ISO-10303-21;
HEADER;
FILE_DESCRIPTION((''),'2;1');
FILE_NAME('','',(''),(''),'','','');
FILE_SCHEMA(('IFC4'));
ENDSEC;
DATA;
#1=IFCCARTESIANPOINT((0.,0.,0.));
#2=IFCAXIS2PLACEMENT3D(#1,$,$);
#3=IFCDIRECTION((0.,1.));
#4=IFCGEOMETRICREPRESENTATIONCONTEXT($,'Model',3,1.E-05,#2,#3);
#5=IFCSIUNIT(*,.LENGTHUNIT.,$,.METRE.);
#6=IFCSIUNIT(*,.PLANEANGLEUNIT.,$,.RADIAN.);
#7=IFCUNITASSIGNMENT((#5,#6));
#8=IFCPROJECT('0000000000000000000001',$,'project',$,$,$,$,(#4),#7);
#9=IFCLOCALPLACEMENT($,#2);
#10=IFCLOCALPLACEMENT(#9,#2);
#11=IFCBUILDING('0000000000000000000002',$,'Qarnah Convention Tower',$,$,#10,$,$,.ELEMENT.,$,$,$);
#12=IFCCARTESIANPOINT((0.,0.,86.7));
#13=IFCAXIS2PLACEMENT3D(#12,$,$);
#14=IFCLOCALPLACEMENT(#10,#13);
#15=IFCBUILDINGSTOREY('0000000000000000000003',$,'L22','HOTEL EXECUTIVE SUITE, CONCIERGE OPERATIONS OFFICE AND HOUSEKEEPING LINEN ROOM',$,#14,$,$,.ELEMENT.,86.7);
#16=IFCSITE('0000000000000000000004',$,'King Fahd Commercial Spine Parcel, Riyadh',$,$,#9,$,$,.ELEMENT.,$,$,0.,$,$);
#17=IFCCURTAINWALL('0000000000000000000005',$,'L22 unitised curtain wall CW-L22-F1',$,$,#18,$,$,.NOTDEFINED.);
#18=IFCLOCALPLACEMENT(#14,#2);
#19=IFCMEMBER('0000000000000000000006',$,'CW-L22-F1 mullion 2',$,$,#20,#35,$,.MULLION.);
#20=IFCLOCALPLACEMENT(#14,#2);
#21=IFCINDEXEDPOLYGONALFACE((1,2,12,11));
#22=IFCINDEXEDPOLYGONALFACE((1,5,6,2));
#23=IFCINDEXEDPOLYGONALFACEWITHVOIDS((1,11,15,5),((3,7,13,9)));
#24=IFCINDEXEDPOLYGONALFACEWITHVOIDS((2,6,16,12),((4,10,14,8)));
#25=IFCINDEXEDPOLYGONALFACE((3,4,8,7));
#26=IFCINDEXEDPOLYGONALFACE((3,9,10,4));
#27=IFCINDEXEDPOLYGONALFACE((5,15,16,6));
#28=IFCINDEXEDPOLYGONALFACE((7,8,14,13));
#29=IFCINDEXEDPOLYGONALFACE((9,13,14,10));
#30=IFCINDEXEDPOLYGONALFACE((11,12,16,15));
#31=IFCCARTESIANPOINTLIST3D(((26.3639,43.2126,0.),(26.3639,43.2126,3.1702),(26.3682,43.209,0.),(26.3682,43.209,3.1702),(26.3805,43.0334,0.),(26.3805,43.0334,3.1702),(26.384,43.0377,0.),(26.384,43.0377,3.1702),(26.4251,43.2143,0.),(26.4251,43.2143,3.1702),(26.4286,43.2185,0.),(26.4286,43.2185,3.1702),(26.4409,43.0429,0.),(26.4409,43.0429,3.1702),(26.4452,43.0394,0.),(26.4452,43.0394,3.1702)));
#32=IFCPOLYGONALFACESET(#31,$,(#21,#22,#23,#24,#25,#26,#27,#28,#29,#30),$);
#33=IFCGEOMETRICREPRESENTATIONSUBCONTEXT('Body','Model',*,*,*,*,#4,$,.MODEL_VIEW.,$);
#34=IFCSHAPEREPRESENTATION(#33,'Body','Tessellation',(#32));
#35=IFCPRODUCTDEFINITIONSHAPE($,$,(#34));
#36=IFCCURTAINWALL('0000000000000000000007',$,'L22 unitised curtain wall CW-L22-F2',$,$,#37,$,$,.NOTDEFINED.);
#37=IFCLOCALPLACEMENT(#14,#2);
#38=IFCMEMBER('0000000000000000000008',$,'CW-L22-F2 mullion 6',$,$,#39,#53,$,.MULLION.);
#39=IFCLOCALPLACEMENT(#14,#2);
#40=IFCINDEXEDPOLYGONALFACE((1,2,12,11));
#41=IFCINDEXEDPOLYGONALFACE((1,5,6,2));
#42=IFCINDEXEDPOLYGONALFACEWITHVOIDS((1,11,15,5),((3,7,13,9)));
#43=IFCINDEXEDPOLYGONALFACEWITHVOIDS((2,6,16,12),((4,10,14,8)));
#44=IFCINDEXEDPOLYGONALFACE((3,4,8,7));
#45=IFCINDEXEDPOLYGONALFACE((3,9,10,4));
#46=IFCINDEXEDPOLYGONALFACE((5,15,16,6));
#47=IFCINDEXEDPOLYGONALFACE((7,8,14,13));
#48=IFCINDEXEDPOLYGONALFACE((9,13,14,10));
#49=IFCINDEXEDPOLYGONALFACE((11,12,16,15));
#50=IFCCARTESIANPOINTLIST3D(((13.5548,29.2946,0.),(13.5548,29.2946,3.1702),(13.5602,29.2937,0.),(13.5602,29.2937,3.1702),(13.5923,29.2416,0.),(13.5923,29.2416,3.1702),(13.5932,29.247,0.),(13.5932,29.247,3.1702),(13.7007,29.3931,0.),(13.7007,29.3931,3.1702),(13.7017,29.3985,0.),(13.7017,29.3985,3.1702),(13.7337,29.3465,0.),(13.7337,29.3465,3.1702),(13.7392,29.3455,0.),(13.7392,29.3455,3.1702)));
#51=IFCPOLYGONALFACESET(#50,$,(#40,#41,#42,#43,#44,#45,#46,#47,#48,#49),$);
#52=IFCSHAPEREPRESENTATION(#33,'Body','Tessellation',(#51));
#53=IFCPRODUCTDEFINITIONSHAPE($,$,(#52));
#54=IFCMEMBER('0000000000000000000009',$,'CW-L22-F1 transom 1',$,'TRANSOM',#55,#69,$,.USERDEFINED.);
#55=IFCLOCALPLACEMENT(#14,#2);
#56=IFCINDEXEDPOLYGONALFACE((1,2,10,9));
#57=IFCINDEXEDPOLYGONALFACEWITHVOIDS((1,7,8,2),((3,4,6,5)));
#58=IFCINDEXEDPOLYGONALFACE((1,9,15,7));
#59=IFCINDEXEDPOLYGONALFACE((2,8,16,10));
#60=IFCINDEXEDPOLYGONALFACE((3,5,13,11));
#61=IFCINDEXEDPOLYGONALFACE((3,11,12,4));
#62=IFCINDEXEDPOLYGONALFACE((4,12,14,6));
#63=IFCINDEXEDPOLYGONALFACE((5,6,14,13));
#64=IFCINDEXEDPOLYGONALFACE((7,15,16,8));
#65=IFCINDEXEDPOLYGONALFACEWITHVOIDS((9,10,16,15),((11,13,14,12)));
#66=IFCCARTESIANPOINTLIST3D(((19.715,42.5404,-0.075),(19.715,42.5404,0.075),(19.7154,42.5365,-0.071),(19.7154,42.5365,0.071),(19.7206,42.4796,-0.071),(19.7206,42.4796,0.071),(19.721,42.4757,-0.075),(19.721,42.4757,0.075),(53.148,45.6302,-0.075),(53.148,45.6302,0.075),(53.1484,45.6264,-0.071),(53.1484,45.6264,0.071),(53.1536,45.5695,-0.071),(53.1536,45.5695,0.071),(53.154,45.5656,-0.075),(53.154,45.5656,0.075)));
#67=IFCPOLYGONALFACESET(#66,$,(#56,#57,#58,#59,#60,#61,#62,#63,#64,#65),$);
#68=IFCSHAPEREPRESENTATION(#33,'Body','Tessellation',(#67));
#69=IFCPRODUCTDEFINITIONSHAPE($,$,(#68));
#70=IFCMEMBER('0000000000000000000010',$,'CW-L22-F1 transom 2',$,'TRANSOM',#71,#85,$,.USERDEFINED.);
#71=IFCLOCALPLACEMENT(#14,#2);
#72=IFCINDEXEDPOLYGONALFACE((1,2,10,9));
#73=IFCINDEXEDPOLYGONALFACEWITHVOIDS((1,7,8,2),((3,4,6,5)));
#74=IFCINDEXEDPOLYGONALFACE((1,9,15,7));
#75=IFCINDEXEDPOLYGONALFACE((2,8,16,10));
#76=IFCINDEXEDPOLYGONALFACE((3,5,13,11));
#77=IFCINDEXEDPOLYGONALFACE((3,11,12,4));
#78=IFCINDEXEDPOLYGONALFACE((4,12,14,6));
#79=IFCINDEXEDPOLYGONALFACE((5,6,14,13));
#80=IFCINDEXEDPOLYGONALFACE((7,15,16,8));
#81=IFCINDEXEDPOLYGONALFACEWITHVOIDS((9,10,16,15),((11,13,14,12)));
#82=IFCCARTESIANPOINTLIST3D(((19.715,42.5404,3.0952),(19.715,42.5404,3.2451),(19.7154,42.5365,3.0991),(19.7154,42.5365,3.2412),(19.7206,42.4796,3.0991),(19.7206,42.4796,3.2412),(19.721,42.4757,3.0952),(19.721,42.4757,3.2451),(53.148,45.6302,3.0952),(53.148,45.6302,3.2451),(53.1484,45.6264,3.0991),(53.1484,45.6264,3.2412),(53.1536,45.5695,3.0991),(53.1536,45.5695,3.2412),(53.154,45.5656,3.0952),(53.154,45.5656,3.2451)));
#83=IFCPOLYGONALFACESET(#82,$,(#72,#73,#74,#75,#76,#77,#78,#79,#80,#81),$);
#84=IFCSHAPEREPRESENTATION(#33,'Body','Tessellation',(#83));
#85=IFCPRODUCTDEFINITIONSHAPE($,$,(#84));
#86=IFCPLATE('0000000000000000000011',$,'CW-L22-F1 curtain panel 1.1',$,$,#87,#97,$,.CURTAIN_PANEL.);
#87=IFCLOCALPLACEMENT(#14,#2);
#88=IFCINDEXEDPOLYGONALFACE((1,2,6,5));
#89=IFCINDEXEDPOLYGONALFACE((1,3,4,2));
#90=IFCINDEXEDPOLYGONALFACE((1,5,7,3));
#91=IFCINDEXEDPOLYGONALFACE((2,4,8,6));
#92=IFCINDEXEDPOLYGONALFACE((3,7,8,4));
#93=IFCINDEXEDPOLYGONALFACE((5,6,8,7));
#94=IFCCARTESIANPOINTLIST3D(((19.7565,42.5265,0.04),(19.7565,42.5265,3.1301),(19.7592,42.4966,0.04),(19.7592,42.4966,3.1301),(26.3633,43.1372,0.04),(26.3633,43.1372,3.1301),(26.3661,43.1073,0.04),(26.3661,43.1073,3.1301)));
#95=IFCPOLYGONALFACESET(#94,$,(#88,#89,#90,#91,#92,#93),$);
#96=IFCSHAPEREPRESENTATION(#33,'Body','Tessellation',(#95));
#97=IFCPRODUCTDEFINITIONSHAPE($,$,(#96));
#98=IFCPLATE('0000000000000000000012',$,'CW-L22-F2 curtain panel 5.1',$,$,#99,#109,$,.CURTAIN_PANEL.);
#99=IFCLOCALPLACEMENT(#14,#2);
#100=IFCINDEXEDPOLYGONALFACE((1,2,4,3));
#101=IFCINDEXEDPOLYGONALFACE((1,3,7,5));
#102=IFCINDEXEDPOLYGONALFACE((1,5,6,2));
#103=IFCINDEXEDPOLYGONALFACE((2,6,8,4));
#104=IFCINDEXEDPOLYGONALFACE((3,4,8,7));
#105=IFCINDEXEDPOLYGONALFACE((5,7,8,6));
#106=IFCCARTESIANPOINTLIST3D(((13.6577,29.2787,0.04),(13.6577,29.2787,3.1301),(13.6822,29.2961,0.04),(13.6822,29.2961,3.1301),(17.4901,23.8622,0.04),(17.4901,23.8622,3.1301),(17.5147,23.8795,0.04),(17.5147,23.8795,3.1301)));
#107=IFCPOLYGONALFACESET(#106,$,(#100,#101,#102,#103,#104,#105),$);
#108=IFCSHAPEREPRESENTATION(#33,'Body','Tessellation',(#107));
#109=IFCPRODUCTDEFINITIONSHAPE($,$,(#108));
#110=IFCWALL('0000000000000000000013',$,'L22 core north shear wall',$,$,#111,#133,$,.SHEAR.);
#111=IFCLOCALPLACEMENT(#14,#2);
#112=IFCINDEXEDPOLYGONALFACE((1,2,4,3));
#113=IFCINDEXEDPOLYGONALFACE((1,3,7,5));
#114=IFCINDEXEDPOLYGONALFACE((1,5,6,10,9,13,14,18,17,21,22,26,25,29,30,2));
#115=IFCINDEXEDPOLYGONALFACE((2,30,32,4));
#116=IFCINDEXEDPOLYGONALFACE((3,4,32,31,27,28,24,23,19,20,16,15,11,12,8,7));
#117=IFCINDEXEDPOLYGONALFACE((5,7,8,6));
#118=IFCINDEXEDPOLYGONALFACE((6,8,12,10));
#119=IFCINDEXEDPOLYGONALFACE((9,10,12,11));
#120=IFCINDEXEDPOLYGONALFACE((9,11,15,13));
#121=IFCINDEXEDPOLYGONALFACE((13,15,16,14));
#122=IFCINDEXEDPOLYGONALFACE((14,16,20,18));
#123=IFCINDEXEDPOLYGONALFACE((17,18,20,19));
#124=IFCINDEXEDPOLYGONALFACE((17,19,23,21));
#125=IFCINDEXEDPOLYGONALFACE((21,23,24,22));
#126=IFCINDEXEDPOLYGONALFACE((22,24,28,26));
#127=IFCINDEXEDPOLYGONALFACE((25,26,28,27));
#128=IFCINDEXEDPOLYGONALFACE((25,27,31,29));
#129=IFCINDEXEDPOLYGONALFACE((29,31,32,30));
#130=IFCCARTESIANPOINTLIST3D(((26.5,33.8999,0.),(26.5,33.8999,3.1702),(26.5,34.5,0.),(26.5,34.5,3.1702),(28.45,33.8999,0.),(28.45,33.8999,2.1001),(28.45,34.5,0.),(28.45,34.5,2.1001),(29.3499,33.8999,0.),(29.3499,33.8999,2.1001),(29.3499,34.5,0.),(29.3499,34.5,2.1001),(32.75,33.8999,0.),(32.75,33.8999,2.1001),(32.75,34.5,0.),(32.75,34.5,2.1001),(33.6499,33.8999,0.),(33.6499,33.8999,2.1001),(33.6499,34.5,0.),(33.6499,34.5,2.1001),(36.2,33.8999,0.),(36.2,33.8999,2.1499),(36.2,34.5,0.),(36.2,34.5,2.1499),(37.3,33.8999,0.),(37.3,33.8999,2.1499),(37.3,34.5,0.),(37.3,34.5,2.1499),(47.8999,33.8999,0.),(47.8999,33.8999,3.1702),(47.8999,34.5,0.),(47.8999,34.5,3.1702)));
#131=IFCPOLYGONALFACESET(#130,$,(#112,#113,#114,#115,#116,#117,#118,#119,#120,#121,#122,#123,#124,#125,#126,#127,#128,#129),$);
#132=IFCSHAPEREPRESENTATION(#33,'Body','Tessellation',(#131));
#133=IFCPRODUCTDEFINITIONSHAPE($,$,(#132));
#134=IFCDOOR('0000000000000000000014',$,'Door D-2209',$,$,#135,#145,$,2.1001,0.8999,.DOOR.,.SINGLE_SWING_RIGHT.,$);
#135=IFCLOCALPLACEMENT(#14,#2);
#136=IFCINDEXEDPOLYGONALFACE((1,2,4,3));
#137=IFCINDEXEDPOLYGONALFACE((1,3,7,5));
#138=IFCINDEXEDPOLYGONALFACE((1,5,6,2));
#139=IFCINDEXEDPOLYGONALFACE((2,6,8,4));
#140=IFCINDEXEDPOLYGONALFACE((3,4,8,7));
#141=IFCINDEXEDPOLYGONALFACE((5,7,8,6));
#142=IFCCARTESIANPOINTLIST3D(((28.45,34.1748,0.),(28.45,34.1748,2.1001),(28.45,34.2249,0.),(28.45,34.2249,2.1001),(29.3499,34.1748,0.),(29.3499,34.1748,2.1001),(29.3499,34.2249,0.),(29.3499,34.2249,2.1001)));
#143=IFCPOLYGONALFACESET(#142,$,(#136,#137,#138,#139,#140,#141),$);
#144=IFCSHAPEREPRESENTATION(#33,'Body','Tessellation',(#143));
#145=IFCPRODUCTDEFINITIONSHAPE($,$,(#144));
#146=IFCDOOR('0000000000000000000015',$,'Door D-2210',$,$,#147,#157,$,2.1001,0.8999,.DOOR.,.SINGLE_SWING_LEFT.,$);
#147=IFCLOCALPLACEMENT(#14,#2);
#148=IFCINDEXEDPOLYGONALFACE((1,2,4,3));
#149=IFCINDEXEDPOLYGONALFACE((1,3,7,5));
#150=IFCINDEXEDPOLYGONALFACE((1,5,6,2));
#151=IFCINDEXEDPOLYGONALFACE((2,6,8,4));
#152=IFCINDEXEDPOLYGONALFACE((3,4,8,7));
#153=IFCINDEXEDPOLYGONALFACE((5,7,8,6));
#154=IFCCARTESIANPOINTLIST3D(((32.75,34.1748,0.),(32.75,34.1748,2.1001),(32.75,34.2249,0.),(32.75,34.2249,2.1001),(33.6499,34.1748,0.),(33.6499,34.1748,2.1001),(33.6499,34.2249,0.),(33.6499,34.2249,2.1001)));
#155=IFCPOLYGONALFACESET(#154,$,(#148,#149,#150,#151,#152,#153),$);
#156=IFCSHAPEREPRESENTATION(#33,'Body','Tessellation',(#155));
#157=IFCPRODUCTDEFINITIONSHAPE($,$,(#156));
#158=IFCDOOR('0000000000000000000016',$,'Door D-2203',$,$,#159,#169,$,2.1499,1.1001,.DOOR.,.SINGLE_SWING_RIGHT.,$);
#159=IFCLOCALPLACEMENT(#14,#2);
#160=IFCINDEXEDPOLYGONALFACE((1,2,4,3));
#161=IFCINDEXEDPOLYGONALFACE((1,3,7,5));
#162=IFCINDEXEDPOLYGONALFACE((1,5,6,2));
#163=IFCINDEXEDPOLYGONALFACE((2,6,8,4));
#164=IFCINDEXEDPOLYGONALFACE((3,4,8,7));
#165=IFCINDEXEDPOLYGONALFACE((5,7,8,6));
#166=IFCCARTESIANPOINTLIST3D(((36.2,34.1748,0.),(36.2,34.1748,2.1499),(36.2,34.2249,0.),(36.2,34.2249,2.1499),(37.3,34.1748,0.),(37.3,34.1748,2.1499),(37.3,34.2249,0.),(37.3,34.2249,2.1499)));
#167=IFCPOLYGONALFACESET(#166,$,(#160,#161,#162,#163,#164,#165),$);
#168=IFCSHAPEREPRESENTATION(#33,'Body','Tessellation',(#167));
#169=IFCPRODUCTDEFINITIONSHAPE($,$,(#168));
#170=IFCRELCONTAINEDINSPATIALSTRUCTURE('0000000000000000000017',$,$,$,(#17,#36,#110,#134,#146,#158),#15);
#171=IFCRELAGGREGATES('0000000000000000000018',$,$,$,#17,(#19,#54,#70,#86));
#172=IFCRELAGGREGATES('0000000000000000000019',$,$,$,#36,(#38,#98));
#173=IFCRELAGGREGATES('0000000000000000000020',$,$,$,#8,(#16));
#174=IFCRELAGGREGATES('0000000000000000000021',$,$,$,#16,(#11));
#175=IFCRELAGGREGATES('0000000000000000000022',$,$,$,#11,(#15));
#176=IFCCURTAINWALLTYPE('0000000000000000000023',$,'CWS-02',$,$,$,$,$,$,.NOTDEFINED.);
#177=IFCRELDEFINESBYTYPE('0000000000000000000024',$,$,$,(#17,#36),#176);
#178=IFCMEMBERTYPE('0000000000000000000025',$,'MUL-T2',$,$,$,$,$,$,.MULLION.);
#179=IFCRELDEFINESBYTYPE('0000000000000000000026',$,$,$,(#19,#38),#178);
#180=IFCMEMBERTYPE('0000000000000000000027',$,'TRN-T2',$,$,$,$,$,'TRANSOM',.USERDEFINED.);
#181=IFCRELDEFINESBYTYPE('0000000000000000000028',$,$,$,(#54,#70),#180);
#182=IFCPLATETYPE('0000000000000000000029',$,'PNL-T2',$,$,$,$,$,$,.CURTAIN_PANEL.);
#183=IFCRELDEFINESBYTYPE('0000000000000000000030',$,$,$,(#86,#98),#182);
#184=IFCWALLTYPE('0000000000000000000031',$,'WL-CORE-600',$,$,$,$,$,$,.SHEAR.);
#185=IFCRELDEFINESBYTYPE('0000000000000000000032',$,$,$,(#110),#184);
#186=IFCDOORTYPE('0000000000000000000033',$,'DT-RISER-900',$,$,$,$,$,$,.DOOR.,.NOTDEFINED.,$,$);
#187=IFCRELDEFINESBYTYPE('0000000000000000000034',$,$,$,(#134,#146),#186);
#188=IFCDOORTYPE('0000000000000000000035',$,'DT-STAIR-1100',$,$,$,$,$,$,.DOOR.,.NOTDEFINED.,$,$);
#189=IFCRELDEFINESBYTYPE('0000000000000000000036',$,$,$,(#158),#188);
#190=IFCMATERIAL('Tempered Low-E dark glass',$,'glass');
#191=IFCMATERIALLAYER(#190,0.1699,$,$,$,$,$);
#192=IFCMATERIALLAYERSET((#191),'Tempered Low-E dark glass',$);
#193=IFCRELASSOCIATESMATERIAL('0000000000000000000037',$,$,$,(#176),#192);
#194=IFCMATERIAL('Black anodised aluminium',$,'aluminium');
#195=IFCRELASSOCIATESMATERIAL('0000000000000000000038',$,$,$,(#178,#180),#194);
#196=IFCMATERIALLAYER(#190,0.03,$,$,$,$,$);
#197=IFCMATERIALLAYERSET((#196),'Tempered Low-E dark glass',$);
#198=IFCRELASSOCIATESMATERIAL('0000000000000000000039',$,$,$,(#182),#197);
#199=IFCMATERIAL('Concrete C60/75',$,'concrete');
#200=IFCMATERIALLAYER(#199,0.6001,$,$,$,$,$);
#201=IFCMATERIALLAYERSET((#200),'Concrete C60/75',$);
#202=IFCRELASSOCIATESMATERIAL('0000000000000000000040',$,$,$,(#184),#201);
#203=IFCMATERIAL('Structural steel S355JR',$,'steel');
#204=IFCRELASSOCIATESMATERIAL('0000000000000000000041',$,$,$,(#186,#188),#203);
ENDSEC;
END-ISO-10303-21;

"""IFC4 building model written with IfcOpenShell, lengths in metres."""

from ifc_helpers import new_model, si_unit, direction, frame, frame_2d, origin, origin_2d, place, context, subcontext, project, spatial, rectangle, hollow_rectangle, extrude, material, layer, layer_set, material_profile, profile_set, type_object, element, fill, aggregate, save


model = new_model("IFC4")

# Units and contexts
model_context = context("Model", 3, precision=1e-05, world=origin(), true_north=direction((0.0, 1.0)))
body_context = subcontext(model_context, "Body", "Model", "MODEL_VIEW")
ifc_project = project(units=[si_unit("LENGTHUNIT", "METRE"), si_unit("PLANEANGLEUNIT", "RADIAN")], contexts=[model_context])

# Site, building, storey
site_placement = place(None, origin())
site = spatial("IfcSite", under=ifc_project, at=site_placement, Name="King Fahd Commercial Spine Parcel, Riyadh", CompositionType="ELEMENT", RefElevation=0.0)
building_placement = place(site_placement, origin())
building = spatial("IfcBuilding", under=site, at=building_placement, Name="Qarnah Convention Tower", CompositionType="ELEMENT")
storey_placement = place(building_placement, frame((0.0, 0.0, 86.7)))
storey = spatial("IfcBuildingStorey", under=building, at=storey_placement, Name="L22", Description="HOTEL EXECUTIVE SUITE, CONCIERGE OPERATIONS OFFICE AND HOUSEKEEPING LINEN ROOM", CompositionType="ELEMENT", Elevation=86.7)

# Shared definitions
ifc_material_1 = material(Name="Concrete C60/75", Category="concrete")

# Shared definitions
ifc_material_2 = material(Name="Structural steel S355JR", Category="steel")

# Curtain wall, member
ifc_material_3 = material(Name="Tempered Low-E dark glass", Category="glass")
ifc_layer_1 = layer(ifc_material_3, 0.1699)
ifc_layer_set_1 = layer_set([ifc_layer_1], Name="Tempered Low-E dark glass")
curtain_wall_type = type_object("IfcCurtainWallType", Name="CWS-02", PredefinedType="NOTDEFINED", material=ifc_layer_set_1)
curtain_wall_1_placement = place(storey_placement, origin())
curtain_wall_1 = element("IfcCurtainWall", 1, at=curtain_wall_1_placement, inside=storey, type_object=curtain_wall_type, Name="L22 unitised curtain wall CW-L22-F1", PredefinedType="NOTDEFINED")
ifc_material_4 = material(Name="Black anodised aluminium", Category="aluminium")
ifc_material_profile_1 = material_profile(ifc_material_4, hollow_rectangle(XDim=0.0649, YDim=0.1799, WallThickness=0.0039, at=origin_2d()), Name="MUL-65X180")
ifc_profile_set_1 = profile_set([ifc_material_profile_1], Name="Black anodised aluminium")
member_type_1 = type_object("IfcMemberType", Name="MUL-T2", PredefinedType="MULLION", material=ifc_profile_set_1)
member_1_placement = place(storey_placement, frame((26.4045, 43.126, 0.0), z_axis=(0.0, 0.0, 1.0), x_axis=(0.995756, 0.092031, 0.0)))
member_1 = element("IfcMember", 2, at=member_1_placement, type_object=member_type_1, Name="CW-L22-F1 mullion 2", PredefinedType="MULLION", context=body_context, shape_type="SweptSolid", body=[
    extrude(hollow_rectangle(XDim=0.0649, YDim=0.1799, WallThickness=0.0039, at=origin_2d()), origin(), (0.0, 0.0, 1.0), 3.1702),
])

# Curtain wall, member
curtain_wall_2_placement = place(storey_placement, origin())
curtain_wall_2 = element("IfcCurtainWall", 3, at=curtain_wall_2_placement, inside=storey, type_object=curtain_wall_type, Name="L22 unitised curtain wall CW-L22-F2", PredefinedType="NOTDEFINED")
member_2_placement = place(storey_placement, frame((13.647, 29.3201, 0.0), z_axis=(0.0, 0.0, 1.0), x_axis=(-0.577587, 0.816329, 0.0)))
member_2 = element("IfcMember", 4, at=member_2_placement, type_object=member_type_1, Name="CW-L22-F2 mullion 6", PredefinedType="MULLION", context=body_context, shape_type="SweptSolid", body=[
    extrude(hollow_rectangle(XDim=0.0649, YDim=0.1799, WallThickness=0.0039, at=origin_2d()), origin(), (0.0, 0.0, 1.0), 3.1702),
])

# Members
ifc_material_profile_2 = material_profile(ifc_material_4, hollow_rectangle(XDim=0.0649, YDim=0.1499, WallThickness=0.0039, at=origin_2d()), Name="TRN-65X150")
ifc_profile_set_2 = profile_set([ifc_material_profile_2], Name="Black anodised aluminium")
member_type_2 = type_object("IfcMemberType", Name="TRN-T2", ElementType="TRANSOM", PredefinedType="USERDEFINED", material=ifc_profile_set_2)
member_3_placement = place(storey_placement, frame((19.718, 42.5081, 0.0), z_axis=(0.995756, 0.092027, 0.0), x_axis=(-0.092027, 0.995756, 0.0)))
member_3 = element("IfcMember", 5, at=member_3_placement, type_object=member_type_2, Name="CW-L22-F1 transom 1", ObjectType="TRANSOM", PredefinedType="USERDEFINED", context=body_context, shape_type="SweptSolid", body=[
    extrude(hollow_rectangle(XDim=0.0649, YDim=0.1499, WallThickness=0.0039, at=origin_2d()), origin(), (0.0, 0.0, 1.0), 33.5754),
])
member_4_placement = place(storey_placement, frame((19.718, 42.5081, 3.1702), z_axis=(0.995756, 0.092027, 0.0), x_axis=(-0.092027, 0.995756, 0.0)))
member_4 = element("IfcMember", 6, at=member_4_placement, type_object=member_type_2, Name="CW-L22-F1 transom 2", ObjectType="TRANSOM", PredefinedType="USERDEFINED", context=body_context, shape_type="SweptSolid", body=[
    extrude(hollow_rectangle(XDim=0.0649, YDim=0.1499, WallThickness=0.0039, at=origin_2d()), origin(), (0.0, 0.0, 1.0), 33.5754),
])

# Plates
ifc_layer_2 = layer(ifc_material_3, 0.03)
ifc_layer_set_2 = layer_set([ifc_layer_2], Name="Tempered Low-E dark glass")
plate_type = type_object("IfcPlateType", Name="PNL-T2", PredefinedType="CURTAIN_PANEL", material=ifc_layer_set_2)
plate_1_placement = place(storey_placement, frame((23.0613, 42.8169, 0.04), z_axis=(0.0, 0.0, 1.0), x_axis=(0.995756, 0.092031, 0.0)))
plate_1 = element("IfcPlate", 7, at=plate_1_placement, type_object=plate_type, Name="CW-L22-F1 curtain panel 1.1", PredefinedType="CURTAIN_PANEL", context=body_context, shape_type="SweptSolid", body=[
    extrude(rectangle(XDim=6.635, YDim=0.03, at=origin_2d()), origin(), (0.0, 0.0, 1.0), 3.0901),
])
aggregate(curtain_wall_1, [member_1, member_3, member_4, plate_1])
plate_2_placement = place(storey_placement, frame((15.5862, 26.5791, 0.04), z_axis=(0.0, 0.0, 1.0), x_axis=(-0.577587, 0.816329, 0.0)))
plate_2 = element("IfcPlate", 8, at=plate_2_placement, type_object=plate_type, Name="CW-L22-F2 curtain panel 5.1", PredefinedType="CURTAIN_PANEL", context=body_context, shape_type="SweptSolid", body=[
    extrude(rectangle(XDim=6.6353, YDim=0.03, at=origin_2d()), origin(), (0.0, 0.0, 1.0), 3.0901),
])
aggregate(curtain_wall_2, [member_2, plate_2])

# Wall, openings, doors
ifc_layer_3 = layer(ifc_material_1, 0.6001)
ifc_layer_set_3 = layer_set([ifc_layer_3], Name="Concrete C60/75")
wall_type_1 = type_object("IfcWallType", Name="WL-CORE-600", PredefinedType="SHEAR", material=ifc_layer_set_3)
wall_1_placement = place(storey_placement, frame((26.5, 34.2, 0.0), z_axis=(0.0, 0.0, 1.0), x_axis=(1.0, 0.0, 0.0)))
wall_1 = element("IfcWall", 9, at=wall_1_placement, inside=storey, type_object=wall_type_1, Name="L22 core north shear wall", PredefinedType="SHEAR", context=body_context, shape_type="SweptSolid", body=[
    extrude(rectangle(XDim=21.3999, YDim=0.6001, at=frame_2d((10.7, 0.0))), origin(), (0.0, 0.0, 1.0), 3.1702),
])
opening_1_placement = place(wall_1_placement, frame((9.7, 0.0, 0.0)))
opening_1 = element("IfcOpeningElement", 10, at=opening_1_placement, cuts=wall_1, PredefinedType="OPENING", context=body_context, shape_type="SweptSolid", body=[
    extrude(rectangle(XDim=1.1001, YDim=2.1499, at=frame_2d((0.55, 1.075))), frame((0.0, 0.3101, 0.0), z_axis=(0.0, -1.0, 0.0), x_axis=(1.0, 0.0, 0.0)), (0.0, 0.0, 1.0), 0.6201),
])
opening_2_placement = place(wall_1_placement, frame((1.95, 0.0, 0.0)))
opening_2 = element("IfcOpeningElement", 11, at=opening_2_placement, cuts=wall_1, PredefinedType="OPENING", context=body_context, shape_type="SweptSolid", body=[
    extrude(rectangle(XDim=0.8999, YDim=2.1001, at=frame_2d((0.45, 1.05))), frame((0.0, 0.3101, 0.0), z_axis=(0.0, -1.0, 0.0), x_axis=(1.0, 0.0, 0.0)), (0.0, 0.0, 1.0), 0.6201),
])
opening_3_placement = place(wall_1_placement, frame((6.25, 0.0, 0.0)))
opening_3 = element("IfcOpeningElement", 12, at=opening_3_placement, cuts=wall_1, PredefinedType="OPENING", context=body_context, shape_type="SweptSolid", body=[
    extrude(rectangle(XDim=0.8999, YDim=2.1001, at=frame_2d((0.45, 1.05))), frame((0.0, 0.3101, 0.0), z_axis=(0.0, -1.0, 0.0), x_axis=(1.0, 0.0, 0.0)), (0.0, 0.0, 1.0), 0.6201),
])
door_type_1 = type_object("IfcDoorType", Name="DT-RISER-900", OperationType="NOTDEFINED", PredefinedType="DOOR", material=ifc_material_2)
door_1_placement = place(opening_2_placement, origin())
door_1 = element("IfcDoor", 13, at=door_1_placement, inside=storey, type_object=door_type_1, Name="Door D-2209", OperationType="SINGLE_SWING_RIGHT", OverallHeight=2.1001, OverallWidth=0.8999, PredefinedType="DOOR", context=body_context, shape_type="SweptSolid", body=[
    extrude(rectangle(XDim=0.8999, YDim=2.1001, at=frame_2d((0.45, 1.05))), frame((0.0, 0.0249, 0.0), z_axis=(0.0, -1.0, 0.0), x_axis=(1.0, 0.0, 0.0)), (0.0, 0.0, 1.0), 0.05),
])
fill(opening_2, door_1)
door_2_placement = place(opening_3_placement, origin())
door_2 = element("IfcDoor", 14, at=door_2_placement, inside=storey, type_object=door_type_1, Name="Door D-2210", OperationType="SINGLE_SWING_LEFT", OverallHeight=2.1001, OverallWidth=0.8999, PredefinedType="DOOR", context=body_context, shape_type="SweptSolid", body=[
    extrude(rectangle(XDim=0.8999, YDim=2.1001, at=frame_2d((0.45, 1.05))), frame((0.0, 0.0249, 0.0), z_axis=(0.0, -1.0, 0.0), x_axis=(1.0, 0.0, 0.0)), (0.0, 0.0, 1.0), 0.05),
])
fill(opening_3, door_2)
door_type_2 = type_object("IfcDoorType", Name="DT-STAIR-1100", OperationType="NOTDEFINED", PredefinedType="DOOR", material=ifc_material_2)
door_3_placement = place(opening_1_placement, origin())
door_3 = element("IfcDoor", 15, at=door_3_placement, inside=storey, type_object=door_type_2, Name="Door D-2203", OperationType="SINGLE_SWING_RIGHT", OverallHeight=2.1499, OverallWidth=1.1001, PredefinedType="DOOR", context=body_context, shape_type="SweptSolid", body=[
    extrude(rectangle(XDim=1.1001, YDim=2.1499, at=frame_2d((0.55, 1.075))), frame((0.0, 0.0249, 0.0), z_axis=(0.0, -1.0, 0.0), x_axis=(1.0, 0.0, 0.0)), (0.0, 0.0, 1.0), 0.05),
])
fill(opening_1, door_3)

save(model, "model.ifc")
